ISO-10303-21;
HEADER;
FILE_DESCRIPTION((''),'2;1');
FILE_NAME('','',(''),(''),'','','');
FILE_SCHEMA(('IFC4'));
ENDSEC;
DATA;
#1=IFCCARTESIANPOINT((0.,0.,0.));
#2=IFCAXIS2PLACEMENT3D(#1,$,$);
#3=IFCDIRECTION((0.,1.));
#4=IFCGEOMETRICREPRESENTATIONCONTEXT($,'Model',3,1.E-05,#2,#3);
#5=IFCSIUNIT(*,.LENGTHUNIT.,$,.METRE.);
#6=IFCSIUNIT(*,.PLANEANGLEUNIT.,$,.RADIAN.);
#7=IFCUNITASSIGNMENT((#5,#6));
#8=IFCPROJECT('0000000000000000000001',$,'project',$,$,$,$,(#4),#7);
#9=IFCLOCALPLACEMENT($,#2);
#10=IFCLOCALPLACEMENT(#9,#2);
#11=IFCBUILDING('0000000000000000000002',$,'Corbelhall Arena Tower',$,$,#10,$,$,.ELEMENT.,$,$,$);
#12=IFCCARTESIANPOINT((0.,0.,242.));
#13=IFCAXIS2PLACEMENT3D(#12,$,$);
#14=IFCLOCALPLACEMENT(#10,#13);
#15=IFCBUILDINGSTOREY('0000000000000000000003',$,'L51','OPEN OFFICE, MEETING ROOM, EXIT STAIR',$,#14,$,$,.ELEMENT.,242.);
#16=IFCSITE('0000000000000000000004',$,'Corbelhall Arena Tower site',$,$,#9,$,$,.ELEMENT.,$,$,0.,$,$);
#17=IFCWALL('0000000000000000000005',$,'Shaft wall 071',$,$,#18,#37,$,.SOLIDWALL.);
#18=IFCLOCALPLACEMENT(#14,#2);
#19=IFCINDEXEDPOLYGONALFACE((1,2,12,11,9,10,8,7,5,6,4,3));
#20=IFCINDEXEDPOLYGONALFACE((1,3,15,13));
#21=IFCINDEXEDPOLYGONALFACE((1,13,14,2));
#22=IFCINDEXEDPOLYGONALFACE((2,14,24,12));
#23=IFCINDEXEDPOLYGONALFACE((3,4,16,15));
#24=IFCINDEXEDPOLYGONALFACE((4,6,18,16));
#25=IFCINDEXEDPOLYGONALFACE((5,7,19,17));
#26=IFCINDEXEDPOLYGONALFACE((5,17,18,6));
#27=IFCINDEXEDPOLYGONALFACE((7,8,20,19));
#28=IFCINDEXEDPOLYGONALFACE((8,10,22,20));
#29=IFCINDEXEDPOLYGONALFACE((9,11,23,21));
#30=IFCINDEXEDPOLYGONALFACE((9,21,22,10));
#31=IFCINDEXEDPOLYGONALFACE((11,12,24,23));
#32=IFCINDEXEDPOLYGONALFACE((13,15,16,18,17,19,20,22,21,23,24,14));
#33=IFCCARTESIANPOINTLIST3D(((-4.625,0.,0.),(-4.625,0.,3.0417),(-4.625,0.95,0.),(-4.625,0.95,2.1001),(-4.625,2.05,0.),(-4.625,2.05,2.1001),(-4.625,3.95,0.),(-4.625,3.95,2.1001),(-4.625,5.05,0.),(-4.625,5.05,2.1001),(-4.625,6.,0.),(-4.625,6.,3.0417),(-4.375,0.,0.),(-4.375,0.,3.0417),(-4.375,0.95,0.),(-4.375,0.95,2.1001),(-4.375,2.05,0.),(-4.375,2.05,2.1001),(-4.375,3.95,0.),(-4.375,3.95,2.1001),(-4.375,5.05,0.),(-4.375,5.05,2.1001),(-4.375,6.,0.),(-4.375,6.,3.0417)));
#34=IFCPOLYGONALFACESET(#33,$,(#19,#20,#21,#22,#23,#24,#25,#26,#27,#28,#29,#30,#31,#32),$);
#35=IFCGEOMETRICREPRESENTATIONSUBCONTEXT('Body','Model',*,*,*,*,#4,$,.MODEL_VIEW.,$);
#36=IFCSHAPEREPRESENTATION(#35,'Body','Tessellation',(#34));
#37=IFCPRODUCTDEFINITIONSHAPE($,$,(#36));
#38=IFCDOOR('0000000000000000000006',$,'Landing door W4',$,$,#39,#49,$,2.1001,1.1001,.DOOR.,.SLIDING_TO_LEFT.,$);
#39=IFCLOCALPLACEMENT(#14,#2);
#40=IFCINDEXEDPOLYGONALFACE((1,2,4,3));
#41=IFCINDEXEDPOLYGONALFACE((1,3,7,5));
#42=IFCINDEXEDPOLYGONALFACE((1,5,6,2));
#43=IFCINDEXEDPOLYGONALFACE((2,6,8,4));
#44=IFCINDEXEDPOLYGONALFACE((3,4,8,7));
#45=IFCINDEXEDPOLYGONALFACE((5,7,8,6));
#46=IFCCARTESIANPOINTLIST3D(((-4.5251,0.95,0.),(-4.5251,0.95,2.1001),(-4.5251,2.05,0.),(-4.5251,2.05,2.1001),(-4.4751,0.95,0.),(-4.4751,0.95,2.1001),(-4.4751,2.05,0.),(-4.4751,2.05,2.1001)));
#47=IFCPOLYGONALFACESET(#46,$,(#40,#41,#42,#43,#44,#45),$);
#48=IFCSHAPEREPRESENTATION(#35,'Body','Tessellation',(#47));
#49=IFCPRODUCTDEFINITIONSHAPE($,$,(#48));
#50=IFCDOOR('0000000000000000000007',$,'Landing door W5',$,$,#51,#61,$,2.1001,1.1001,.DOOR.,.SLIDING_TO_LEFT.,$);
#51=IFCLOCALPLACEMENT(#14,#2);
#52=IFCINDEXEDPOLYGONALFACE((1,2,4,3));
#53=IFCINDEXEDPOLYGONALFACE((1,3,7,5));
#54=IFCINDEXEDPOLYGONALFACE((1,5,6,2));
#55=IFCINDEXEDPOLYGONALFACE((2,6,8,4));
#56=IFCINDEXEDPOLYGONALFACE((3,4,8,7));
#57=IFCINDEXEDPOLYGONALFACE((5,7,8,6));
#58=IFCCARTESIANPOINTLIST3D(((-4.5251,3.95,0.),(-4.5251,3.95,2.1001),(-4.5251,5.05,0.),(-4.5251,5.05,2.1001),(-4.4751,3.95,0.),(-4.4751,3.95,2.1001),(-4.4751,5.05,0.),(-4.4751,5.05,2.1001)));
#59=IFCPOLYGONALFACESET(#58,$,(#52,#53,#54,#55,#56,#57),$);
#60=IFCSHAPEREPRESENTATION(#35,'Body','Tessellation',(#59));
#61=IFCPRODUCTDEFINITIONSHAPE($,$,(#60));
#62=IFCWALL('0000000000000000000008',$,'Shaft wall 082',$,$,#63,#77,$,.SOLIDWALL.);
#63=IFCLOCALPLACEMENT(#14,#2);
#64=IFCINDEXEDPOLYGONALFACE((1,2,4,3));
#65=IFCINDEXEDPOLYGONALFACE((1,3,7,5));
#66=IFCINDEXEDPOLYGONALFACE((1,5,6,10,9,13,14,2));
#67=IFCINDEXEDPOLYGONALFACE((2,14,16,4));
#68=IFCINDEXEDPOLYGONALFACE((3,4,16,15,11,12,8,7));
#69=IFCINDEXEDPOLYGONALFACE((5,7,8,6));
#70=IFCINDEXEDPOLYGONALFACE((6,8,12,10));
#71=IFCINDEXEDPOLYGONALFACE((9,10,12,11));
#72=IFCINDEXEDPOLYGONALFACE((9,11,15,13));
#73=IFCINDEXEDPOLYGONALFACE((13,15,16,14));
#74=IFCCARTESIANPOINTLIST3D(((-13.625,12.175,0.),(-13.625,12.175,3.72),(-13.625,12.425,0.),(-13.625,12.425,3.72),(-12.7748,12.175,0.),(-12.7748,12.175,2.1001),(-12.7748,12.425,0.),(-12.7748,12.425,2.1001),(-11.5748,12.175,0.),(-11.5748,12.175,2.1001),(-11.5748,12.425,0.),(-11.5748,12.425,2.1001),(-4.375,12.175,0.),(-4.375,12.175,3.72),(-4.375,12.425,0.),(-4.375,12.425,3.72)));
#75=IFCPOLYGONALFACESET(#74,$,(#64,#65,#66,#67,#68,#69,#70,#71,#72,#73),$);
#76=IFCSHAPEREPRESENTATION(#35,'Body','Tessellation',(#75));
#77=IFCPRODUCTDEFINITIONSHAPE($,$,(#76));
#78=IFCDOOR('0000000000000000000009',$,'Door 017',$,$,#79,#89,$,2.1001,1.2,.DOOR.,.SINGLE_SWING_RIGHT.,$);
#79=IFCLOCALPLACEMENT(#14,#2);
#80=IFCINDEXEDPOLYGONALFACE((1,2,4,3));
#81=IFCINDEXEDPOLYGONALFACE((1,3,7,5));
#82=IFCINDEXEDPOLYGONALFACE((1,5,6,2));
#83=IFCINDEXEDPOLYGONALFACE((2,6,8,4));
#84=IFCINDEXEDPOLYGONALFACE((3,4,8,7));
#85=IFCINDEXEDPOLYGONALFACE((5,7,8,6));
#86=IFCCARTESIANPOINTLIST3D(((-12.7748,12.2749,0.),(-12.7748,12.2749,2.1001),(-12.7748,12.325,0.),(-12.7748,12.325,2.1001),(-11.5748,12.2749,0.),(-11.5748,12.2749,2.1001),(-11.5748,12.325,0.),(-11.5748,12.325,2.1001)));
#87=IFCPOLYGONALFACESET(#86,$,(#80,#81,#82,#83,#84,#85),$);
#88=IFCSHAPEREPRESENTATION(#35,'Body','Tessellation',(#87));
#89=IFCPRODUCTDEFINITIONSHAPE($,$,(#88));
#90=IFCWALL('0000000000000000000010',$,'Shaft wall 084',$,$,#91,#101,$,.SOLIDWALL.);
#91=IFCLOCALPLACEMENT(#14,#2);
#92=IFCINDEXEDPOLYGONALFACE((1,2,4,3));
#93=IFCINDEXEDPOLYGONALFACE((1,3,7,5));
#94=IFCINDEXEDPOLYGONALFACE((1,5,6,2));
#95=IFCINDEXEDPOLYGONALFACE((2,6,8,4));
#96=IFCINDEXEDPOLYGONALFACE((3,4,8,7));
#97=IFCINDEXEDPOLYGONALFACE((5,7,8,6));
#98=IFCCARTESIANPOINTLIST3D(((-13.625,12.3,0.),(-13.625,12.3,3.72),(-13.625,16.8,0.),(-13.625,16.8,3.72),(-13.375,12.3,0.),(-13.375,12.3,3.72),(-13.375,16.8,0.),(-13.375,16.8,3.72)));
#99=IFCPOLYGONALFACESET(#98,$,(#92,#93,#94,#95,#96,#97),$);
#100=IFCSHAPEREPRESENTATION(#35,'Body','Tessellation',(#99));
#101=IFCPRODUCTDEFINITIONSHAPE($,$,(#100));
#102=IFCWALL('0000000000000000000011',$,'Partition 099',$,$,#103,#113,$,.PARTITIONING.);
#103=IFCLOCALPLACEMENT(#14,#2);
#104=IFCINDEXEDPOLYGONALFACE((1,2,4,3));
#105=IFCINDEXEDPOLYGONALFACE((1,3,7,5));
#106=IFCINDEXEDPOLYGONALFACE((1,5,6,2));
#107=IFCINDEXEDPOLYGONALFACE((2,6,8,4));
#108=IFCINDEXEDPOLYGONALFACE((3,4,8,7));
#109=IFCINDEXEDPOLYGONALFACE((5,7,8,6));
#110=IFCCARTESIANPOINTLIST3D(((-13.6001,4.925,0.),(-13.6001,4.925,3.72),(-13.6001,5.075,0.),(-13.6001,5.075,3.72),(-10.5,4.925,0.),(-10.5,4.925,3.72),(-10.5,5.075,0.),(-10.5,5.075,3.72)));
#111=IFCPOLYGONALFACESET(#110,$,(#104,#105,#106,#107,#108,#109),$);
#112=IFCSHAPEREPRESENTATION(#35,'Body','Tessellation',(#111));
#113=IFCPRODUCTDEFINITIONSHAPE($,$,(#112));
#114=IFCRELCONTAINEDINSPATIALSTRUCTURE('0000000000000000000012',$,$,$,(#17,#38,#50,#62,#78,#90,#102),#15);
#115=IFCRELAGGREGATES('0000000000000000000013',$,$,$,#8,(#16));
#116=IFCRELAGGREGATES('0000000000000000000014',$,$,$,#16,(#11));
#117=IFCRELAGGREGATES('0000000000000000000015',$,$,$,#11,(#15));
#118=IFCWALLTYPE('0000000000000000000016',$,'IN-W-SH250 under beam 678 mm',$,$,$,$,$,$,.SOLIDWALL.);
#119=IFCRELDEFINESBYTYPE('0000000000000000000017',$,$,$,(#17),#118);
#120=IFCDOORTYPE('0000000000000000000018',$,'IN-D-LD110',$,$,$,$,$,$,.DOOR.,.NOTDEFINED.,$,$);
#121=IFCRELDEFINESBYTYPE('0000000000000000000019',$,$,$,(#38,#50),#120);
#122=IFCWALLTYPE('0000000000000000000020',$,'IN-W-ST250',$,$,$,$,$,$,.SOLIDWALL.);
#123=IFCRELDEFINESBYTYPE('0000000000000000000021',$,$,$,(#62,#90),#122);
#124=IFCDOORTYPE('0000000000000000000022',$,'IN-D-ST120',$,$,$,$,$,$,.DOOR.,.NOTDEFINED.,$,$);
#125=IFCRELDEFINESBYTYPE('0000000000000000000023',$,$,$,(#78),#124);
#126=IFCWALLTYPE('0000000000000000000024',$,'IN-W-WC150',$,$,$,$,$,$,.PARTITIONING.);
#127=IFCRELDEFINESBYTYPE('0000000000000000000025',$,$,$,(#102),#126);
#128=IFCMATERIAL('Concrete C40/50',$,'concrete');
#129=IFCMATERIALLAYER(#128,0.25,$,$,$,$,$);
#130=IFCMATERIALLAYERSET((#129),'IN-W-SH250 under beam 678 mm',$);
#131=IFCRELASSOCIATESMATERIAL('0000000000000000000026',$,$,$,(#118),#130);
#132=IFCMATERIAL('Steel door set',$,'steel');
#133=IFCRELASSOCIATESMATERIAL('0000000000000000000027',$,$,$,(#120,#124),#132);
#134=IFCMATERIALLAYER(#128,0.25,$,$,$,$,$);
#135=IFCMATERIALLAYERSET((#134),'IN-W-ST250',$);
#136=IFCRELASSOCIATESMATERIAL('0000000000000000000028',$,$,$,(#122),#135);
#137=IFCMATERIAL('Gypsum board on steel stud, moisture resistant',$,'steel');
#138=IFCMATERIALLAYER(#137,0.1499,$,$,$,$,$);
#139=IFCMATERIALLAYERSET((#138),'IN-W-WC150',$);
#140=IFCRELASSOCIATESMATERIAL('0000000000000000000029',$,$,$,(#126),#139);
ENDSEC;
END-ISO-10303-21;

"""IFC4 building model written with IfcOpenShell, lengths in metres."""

from ifc_helpers import new_model, si_unit, direction, frame, frame_2d, origin, place, context, subcontext, project, spatial, rectangle, extrude, material, layer, layer_set, type_object, element, fill, save


model = new_model("IFC4")

# Units and contexts
model_context = context("Model", 3, precision=1e-05, world=origin(), true_north=direction((0.0, 1.0)))
body_context = subcontext(model_context, "Body", "Model", "MODEL_VIEW")
ifc_project = project(units=[si_unit("LENGTHUNIT", "METRE"), si_unit("PLANEANGLEUNIT", "RADIAN")], contexts=[model_context])

# Site, building, storey
site_placement = place(None, origin())
site = spatial("IfcSite", under=ifc_project, at=site_placement, Name="Corbelhall Arena Tower site", CompositionType="ELEMENT", RefElevation=0.0)
building_placement = place(site_placement, origin())
building = spatial("IfcBuilding", under=site, at=building_placement, Name="Corbelhall Arena Tower", CompositionType="ELEMENT")
storey_placement = place(building_placement, frame((0.0, 0.0, 242.0)))
storey = spatial("IfcBuildingStorey", under=building, at=storey_placement, Name="L51", Description="OPEN OFFICE, MEETING ROOM, EXIT STAIR", CompositionType="ELEMENT", Elevation=242.0)

# Shared definitions
ifc_material_1 = material(Name="Steel door set", Category="steel")

# Shared definitions
ifc_material_2 = material(Name="Concrete C40/50", Category="concrete")

# Wall, openings, doors
ifc_layer_1 = layer(ifc_material_2, 0.25)
ifc_layer_set_1 = layer_set([ifc_layer_1], Name="IN-W-SH250 under beam 678 mm")
wall_type_1 = type_object("IfcWallType", Name="IN-W-SH250 under beam 678 mm", PredefinedType="SOLIDWALL", material=ifc_layer_set_1)
wall_1_placement = place(storey_placement, frame((-4.5, 6.0, 0.0), z_axis=(0.0, 0.0, 1.0), x_axis=(0.0, -1.0, 0.0)))
wall_1 = element("IfcWall", 1, at=wall_1_placement, inside=storey, type_object=wall_type_1, Name="Shaft wall 071", PredefinedType="SOLIDWALL", context=body_context, shape_type="SweptSolid", body=[
    extrude(rectangle(XDim=6.0, YDim=0.25, at=frame_2d((3.0, 0.0))), origin(), (0.0, 0.0, 1.0), 3.0417),
])
opening_1_placement = place(wall_1_placement, frame((3.95, 0.0, 0.0)))
opening_1 = element("IfcOpeningElement", 2, at=opening_1_placement, cuts=wall_1, PredefinedType="OPENING", context=body_context, shape_type="SweptSolid", body=[
    extrude(rectangle(XDim=1.1001, YDim=2.1001, at=frame_2d((0.55, 1.05))), frame((0.0, 0.125, 0.0), z_axis=(0.0, -1.0, 0.0), x_axis=(1.0, 0.0, 0.0)), (0.0, 0.0, 1.0), 0.25),
])
opening_2_placement = place(wall_1_placement, frame((0.95, 0.0, 0.0)))
opening_2 = element("IfcOpeningElement", 3, at=opening_2_placement, cuts=wall_1, PredefinedType="OPENING", context=body_context, shape_type="SweptSolid", body=[
    extrude(rectangle(XDim=1.1001, YDim=2.1001, at=frame_2d((0.55, 1.05))), frame((0.0, 0.125, 0.0), z_axis=(0.0, -1.0, 0.0), x_axis=(1.0, 0.0, 0.0)), (0.0, 0.0, 1.0), 0.25),
])
door_type_1 = type_object("IfcDoorType", Name="IN-D-LD110", OperationType="NOTDEFINED", PredefinedType="DOOR", material=ifc_material_1)
door_1_placement = place(opening_1_placement, origin())
door_1 = element("IfcDoor", 4, at=door_1_placement, inside=storey, type_object=door_type_1, Name="Landing door W4", OperationType="SLIDING_TO_LEFT", OverallHeight=2.1001, OverallWidth=1.1001, PredefinedType="DOOR", context=body_context, shape_type="SweptSolid", body=[
    extrude(rectangle(XDim=1.1001, YDim=2.1001, at=frame_2d((0.55, 1.05))), frame((0.0, 0.0249, 0.0), z_axis=(0.0, -1.0, 0.0), x_axis=(1.0, 0.0, 0.0)), (0.0, 0.0, 1.0), 0.05),
])
fill(opening_1, door_1)
door_2_placement = place(opening_2_placement, origin())
door_2 = element("IfcDoor", 5, at=door_2_placement, inside=storey, type_object=door_type_1, Name="Landing door W5", OperationType="SLIDING_TO_LEFT", OverallHeight=2.1001, OverallWidth=1.1001, PredefinedType="DOOR", context=body_context, shape_type="SweptSolid", body=[
    extrude(rectangle(XDim=1.1001, YDim=2.1001, at=frame_2d((0.55, 1.05))), frame((0.0, 0.0249, 0.0), z_axis=(0.0, -1.0, 0.0), x_axis=(1.0, 0.0, 0.0)), (0.0, 0.0, 1.0), 0.05),
])
fill(opening_2, door_2)

# Wall, opening, door
ifc_layer_2 = layer(ifc_material_2, 0.25)
ifc_layer_set_2 = layer_set([ifc_layer_2], Name="IN-W-ST250")
wall_type_2 = type_object("IfcWallType", Name="IN-W-ST250", PredefinedType="SOLIDWALL", material=ifc_layer_set_2)
wall_2_placement = place(storey_placement, frame((-13.625, 12.3, 0.0), z_axis=(0.0, 0.0, 1.0), x_axis=(1.0, 0.0, 0.0)))
wall_2 = element("IfcWall", 6, at=wall_2_placement, inside=storey, type_object=wall_type_2, Name="Shaft wall 082", PredefinedType="SOLIDWALL", context=body_context, shape_type="SweptSolid", body=[
    extrude(rectangle(XDim=9.25, YDim=0.25, at=frame_2d((4.625, 0.0))), origin(), (0.0, 0.0, 1.0), 3.72),
])
opening_3_placement = place(wall_2_placement, frame((0.8501, 0.0, 0.0)))
opening_3 = element("IfcOpeningElement", 7, at=opening_3_placement, cuts=wall_2, PredefinedType="OPENING", context=body_context, shape_type="SweptSolid", body=[
    extrude(rectangle(XDim=1.2, YDim=2.1001, at=frame_2d((0.6001, 1.05))), frame((0.0, 0.125, 0.0), z_axis=(0.0, -1.0, 0.0), x_axis=(1.0, 0.0, 0.0)), (0.0, 0.0, 1.0), 0.25),
])
door_type_2 = type_object("IfcDoorType", Name="IN-D-ST120", OperationType="NOTDEFINED", PredefinedType="DOOR", material=ifc_material_1)
door_3_placement = place(opening_3_placement, origin())
door_3 = element("IfcDoor", 8, at=door_3_placement, inside=storey, type_object=door_type_2, Name="Door 017", OperationType="SINGLE_SWING_RIGHT", OverallHeight=2.1001, OverallWidth=1.2, PredefinedType="DOOR", context=body_context, shape_type="SweptSolid", body=[
    extrude(rectangle(XDim=1.2, YDim=2.1001, at=frame_2d((0.6001, 1.05))), frame((0.0, 0.0249, 0.0), z_axis=(0.0, -1.0, 0.0), x_axis=(1.0, 0.0, 0.0)), (0.0, 0.0, 1.0), 0.05),
])
fill(opening_3, door_3)

# Walls
wall_3_placement = place(storey_placement, frame((-13.5, 12.3, 0.0), z_axis=(0.0, 0.0, 1.0), x_axis=(0.0, 1.0, 0.0)))
element("IfcWall", 9, at=wall_3_placement, inside=storey, type_object=wall_type_2, Name="Shaft wall 084", PredefinedType="SOLIDWALL", context=body_context, shape_type="SweptSolid", body=[
    extrude(rectangle(XDim=4.5, YDim=0.25, at=frame_2d((2.25, 0.0))), origin(), (0.0, 0.0, 1.0), 3.72),
])
ifc_material_3 = material(Name="Gypsum board on steel stud, moisture resistant", Category="steel")
ifc_layer_3 = layer(ifc_material_3, 0.1499)
ifc_layer_set_3 = layer_set([ifc_layer_3], Name="IN-W-WC150")
wall_type_3 = type_object("IfcWallType", Name="IN-W-WC150", PredefinedType="PARTITIONING", material=ifc_layer_set_3)
wall_4_placement = place(storey_placement, frame((-13.6001, 5.0, 0.0), z_axis=(0.0, 0.0, 1.0), x_axis=(1.0, 0.0, 0.0)))
element("IfcWall", 10, at=wall_4_placement, inside=storey, type_object=wall_type_3, Name="Partition 099", PredefinedType="PARTITIONING", context=body_context, shape_type="SweptSolid", body=[
    extrude(rectangle(XDim=3.1001, YDim=0.1499, at=frame_2d((1.55, 0.0))), origin(), (0.0, 0.0, 1.0), 3.72),
])

save(model, "model.ifc")
